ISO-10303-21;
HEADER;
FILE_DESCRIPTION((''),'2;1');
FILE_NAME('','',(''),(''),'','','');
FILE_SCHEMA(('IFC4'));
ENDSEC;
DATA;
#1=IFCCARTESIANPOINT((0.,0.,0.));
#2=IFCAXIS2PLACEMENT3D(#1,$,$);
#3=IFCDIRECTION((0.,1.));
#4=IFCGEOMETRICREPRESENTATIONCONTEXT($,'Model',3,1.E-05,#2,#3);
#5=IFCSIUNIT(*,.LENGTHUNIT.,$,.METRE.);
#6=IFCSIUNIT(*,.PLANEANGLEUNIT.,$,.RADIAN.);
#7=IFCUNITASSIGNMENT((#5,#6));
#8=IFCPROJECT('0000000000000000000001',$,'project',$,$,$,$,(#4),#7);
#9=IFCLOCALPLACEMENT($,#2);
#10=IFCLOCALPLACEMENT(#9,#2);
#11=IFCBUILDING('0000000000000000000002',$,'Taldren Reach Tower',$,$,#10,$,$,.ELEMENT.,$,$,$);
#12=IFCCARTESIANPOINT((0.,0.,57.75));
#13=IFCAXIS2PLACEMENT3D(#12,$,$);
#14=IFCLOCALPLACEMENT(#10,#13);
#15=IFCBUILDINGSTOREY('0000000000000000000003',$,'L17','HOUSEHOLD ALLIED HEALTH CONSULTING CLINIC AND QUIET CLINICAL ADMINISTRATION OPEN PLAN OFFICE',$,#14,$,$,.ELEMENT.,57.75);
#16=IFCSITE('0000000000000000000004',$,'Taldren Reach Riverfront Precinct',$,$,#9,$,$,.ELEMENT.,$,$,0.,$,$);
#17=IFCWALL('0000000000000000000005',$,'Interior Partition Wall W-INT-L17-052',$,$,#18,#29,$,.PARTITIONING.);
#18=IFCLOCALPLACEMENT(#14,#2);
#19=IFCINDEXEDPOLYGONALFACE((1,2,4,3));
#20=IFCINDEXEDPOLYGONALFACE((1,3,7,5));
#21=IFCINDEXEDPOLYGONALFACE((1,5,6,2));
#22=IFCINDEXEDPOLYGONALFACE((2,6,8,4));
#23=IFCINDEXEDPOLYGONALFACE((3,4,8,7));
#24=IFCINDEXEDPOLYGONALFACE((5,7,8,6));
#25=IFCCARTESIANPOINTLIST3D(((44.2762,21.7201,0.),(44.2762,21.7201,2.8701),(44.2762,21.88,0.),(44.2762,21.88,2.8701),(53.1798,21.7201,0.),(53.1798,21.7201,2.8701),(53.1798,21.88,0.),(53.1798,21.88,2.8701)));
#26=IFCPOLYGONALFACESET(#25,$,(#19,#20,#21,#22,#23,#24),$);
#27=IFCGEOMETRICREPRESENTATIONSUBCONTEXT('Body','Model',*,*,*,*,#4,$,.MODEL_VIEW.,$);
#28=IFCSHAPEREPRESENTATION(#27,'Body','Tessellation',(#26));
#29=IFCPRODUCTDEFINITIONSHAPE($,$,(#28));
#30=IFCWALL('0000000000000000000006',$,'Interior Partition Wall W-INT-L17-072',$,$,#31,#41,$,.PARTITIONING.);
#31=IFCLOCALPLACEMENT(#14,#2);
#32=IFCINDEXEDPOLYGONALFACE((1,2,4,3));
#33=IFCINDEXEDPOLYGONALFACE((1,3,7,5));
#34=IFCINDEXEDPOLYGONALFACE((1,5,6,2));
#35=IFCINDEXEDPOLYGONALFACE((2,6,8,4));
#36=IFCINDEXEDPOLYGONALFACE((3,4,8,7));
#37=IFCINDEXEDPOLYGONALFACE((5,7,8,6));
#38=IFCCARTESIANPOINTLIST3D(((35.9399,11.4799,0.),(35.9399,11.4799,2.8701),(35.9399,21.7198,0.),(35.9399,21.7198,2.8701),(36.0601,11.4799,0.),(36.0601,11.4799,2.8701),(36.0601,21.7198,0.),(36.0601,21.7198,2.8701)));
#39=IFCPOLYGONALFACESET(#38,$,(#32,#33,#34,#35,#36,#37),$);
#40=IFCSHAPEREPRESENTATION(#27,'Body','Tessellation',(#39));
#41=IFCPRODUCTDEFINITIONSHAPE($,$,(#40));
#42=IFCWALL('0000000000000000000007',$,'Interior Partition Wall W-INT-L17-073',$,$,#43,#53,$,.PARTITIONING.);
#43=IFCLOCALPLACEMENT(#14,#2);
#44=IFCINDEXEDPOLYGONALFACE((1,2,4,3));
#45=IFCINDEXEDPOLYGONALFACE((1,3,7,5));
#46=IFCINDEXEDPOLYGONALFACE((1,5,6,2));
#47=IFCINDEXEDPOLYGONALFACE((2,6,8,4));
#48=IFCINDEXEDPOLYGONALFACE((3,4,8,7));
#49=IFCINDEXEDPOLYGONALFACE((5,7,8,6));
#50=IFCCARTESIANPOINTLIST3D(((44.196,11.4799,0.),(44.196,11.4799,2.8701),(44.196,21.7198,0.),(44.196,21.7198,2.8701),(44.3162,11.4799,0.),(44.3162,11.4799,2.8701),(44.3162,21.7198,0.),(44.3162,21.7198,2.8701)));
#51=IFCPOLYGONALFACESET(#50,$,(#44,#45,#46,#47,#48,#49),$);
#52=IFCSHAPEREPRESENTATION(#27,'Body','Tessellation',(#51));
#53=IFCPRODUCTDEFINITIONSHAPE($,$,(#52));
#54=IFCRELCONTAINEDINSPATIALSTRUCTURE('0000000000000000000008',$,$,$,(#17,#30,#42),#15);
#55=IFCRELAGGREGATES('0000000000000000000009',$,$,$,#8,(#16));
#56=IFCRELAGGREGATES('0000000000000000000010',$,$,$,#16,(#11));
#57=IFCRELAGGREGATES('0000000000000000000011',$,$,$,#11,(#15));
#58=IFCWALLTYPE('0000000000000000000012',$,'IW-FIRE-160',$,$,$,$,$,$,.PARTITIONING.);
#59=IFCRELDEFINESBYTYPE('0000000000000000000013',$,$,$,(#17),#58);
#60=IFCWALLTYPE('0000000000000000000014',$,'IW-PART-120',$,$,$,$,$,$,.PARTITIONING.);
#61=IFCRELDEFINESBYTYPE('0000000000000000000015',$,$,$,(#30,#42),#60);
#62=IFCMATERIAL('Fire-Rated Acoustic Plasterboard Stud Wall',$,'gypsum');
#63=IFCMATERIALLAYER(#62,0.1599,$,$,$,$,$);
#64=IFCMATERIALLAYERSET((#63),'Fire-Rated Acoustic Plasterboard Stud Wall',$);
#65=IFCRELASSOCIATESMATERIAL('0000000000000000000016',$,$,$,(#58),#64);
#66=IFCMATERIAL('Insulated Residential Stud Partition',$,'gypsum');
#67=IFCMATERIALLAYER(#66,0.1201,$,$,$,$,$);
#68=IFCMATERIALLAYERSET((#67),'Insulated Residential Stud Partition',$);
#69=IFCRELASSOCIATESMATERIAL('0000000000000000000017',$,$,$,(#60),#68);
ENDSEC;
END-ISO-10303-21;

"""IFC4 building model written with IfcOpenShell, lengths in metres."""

from ifc_helpers import new_model, si_unit, direction, frame, frame_2d, origin, place, context, subcontext, project, spatial, rectangle, extrude, source, transform, mapped, material, layer, layer_set, type_object, element, save


model = new_model("IFC4")

# Units and contexts
model_context = context("Model", 3, precision=1e-05, world=origin(), true_north=direction((0.0, 1.0)))
body_context = subcontext(model_context, "Body", "Model", "MODEL_VIEW")
ifc_project = project(units=[si_unit("LENGTHUNIT", "METRE"), si_unit("PLANEANGLEUNIT", "RADIAN")], contexts=[model_context])

# Site, building, storey
site_placement = place(None, origin())
site = spatial("IfcSite", under=ifc_project, at=site_placement, Name="Taldren Reach Riverfront Precinct", CompositionType="ELEMENT", RefElevation=0.0)
building_placement = place(site_placement, origin())
building = spatial("IfcBuilding", under=site, at=building_placement, Name="Taldren Reach Tower", CompositionType="ELEMENT")
storey_placement = place(building_placement, frame((0.0, 0.0, 57.75)))
storey = spatial("IfcBuildingStorey", under=building, at=storey_placement, Name="L17", Description="HOUSEHOLD ALLIED HEALTH CONSULTING CLINIC AND QUIET CLINICAL ADMINISTRATION OPEN PLAN OFFICE", CompositionType="ELEMENT", Elevation=57.75)

# Shared definitions
ifc_material_1 = material(Name="Fire-Rated Acoustic Plasterboard Stud Wall", Category="gypsum")
ifc_layer_1 = layer(ifc_material_1, 0.1599)
ifc_layer_set_1 = layer_set([ifc_layer_1], Name="Fire-Rated Acoustic Plasterboard Stud Wall")
wall_type_1 = type_object("IfcWallType", Name="IW-FIRE-160", PredefinedType="PARTITIONING", material=ifc_layer_set_1)

# Walls
shared_shape_1 = source(origin(), body_context, "Body", "SweptSolid", [
    extrude(rectangle(XDim=8.9036, YDim=0.1599, at=frame_2d((4.4517, 0.0))), origin(), (0.0, 0.0, 1.0), 2.8701),
])
wall_1_placement = place(storey_placement, frame((53.1797, 21.8, 0.0), z_axis=(0.0, 0.0, 1.0), x_axis=(-1.0, 0.0, 0.0)))
element("IfcWall", 1, at=wall_1_placement, inside=storey, type_object=wall_type_1, Name="Interior Partition Wall W-INT-L17-052", PredefinedType="PARTITIONING", context=body_context, shape_type="MappedRepresentation", body=[
    mapped(shared_shape_1, transform((0.0, 0.0, 0.0), scale=1.0)),
])
ifc_material_2 = material(Name="Insulated Residential Stud Partition", Category="gypsum")
ifc_layer_2 = layer(ifc_material_2, 0.1201)
ifc_layer_set_2 = layer_set([ifc_layer_2], Name="Insulated Residential Stud Partition")
wall_type_2 = type_object("IfcWallType", Name="IW-PART-120", PredefinedType="PARTITIONING", material=ifc_layer_set_2)
shared_shape_2 = source(origin(), body_context, "Body", "SweptSolid", [
    extrude(rectangle(XDim=10.24, YDim=0.1201, at=frame_2d((5.1201, 0.0))), origin(), (0.0, 0.0, 1.0), 2.8701),
])
for number, where, z_axis, x_axis, name in (
    (2, (36.0, 21.72, 0.0), (0.0, 0.0, 1.0), (0.0, -1.0, 0.0), "Interior Partition Wall W-INT-L17-072"),
    (3, (44.2561, 21.72, 0.0), (0.0, 0.0, 1.0), (0.0, -1.0, 0.0), "Interior Partition Wall W-INT-L17-073"),
):
    element("IfcWall", number, at=place(storey_placement, frame(where, z_axis=z_axis, x_axis=x_axis)), inside=storey, type_object=wall_type_2, Name=name, PredefinedType="PARTITIONING", context=body_context, shape_type="MappedRepresentation", body=[
        mapped(shared_shape_2, transform((0.0, 0.0, 0.0), scale=1.0)),
    ])

save(model, "model.ifc")
